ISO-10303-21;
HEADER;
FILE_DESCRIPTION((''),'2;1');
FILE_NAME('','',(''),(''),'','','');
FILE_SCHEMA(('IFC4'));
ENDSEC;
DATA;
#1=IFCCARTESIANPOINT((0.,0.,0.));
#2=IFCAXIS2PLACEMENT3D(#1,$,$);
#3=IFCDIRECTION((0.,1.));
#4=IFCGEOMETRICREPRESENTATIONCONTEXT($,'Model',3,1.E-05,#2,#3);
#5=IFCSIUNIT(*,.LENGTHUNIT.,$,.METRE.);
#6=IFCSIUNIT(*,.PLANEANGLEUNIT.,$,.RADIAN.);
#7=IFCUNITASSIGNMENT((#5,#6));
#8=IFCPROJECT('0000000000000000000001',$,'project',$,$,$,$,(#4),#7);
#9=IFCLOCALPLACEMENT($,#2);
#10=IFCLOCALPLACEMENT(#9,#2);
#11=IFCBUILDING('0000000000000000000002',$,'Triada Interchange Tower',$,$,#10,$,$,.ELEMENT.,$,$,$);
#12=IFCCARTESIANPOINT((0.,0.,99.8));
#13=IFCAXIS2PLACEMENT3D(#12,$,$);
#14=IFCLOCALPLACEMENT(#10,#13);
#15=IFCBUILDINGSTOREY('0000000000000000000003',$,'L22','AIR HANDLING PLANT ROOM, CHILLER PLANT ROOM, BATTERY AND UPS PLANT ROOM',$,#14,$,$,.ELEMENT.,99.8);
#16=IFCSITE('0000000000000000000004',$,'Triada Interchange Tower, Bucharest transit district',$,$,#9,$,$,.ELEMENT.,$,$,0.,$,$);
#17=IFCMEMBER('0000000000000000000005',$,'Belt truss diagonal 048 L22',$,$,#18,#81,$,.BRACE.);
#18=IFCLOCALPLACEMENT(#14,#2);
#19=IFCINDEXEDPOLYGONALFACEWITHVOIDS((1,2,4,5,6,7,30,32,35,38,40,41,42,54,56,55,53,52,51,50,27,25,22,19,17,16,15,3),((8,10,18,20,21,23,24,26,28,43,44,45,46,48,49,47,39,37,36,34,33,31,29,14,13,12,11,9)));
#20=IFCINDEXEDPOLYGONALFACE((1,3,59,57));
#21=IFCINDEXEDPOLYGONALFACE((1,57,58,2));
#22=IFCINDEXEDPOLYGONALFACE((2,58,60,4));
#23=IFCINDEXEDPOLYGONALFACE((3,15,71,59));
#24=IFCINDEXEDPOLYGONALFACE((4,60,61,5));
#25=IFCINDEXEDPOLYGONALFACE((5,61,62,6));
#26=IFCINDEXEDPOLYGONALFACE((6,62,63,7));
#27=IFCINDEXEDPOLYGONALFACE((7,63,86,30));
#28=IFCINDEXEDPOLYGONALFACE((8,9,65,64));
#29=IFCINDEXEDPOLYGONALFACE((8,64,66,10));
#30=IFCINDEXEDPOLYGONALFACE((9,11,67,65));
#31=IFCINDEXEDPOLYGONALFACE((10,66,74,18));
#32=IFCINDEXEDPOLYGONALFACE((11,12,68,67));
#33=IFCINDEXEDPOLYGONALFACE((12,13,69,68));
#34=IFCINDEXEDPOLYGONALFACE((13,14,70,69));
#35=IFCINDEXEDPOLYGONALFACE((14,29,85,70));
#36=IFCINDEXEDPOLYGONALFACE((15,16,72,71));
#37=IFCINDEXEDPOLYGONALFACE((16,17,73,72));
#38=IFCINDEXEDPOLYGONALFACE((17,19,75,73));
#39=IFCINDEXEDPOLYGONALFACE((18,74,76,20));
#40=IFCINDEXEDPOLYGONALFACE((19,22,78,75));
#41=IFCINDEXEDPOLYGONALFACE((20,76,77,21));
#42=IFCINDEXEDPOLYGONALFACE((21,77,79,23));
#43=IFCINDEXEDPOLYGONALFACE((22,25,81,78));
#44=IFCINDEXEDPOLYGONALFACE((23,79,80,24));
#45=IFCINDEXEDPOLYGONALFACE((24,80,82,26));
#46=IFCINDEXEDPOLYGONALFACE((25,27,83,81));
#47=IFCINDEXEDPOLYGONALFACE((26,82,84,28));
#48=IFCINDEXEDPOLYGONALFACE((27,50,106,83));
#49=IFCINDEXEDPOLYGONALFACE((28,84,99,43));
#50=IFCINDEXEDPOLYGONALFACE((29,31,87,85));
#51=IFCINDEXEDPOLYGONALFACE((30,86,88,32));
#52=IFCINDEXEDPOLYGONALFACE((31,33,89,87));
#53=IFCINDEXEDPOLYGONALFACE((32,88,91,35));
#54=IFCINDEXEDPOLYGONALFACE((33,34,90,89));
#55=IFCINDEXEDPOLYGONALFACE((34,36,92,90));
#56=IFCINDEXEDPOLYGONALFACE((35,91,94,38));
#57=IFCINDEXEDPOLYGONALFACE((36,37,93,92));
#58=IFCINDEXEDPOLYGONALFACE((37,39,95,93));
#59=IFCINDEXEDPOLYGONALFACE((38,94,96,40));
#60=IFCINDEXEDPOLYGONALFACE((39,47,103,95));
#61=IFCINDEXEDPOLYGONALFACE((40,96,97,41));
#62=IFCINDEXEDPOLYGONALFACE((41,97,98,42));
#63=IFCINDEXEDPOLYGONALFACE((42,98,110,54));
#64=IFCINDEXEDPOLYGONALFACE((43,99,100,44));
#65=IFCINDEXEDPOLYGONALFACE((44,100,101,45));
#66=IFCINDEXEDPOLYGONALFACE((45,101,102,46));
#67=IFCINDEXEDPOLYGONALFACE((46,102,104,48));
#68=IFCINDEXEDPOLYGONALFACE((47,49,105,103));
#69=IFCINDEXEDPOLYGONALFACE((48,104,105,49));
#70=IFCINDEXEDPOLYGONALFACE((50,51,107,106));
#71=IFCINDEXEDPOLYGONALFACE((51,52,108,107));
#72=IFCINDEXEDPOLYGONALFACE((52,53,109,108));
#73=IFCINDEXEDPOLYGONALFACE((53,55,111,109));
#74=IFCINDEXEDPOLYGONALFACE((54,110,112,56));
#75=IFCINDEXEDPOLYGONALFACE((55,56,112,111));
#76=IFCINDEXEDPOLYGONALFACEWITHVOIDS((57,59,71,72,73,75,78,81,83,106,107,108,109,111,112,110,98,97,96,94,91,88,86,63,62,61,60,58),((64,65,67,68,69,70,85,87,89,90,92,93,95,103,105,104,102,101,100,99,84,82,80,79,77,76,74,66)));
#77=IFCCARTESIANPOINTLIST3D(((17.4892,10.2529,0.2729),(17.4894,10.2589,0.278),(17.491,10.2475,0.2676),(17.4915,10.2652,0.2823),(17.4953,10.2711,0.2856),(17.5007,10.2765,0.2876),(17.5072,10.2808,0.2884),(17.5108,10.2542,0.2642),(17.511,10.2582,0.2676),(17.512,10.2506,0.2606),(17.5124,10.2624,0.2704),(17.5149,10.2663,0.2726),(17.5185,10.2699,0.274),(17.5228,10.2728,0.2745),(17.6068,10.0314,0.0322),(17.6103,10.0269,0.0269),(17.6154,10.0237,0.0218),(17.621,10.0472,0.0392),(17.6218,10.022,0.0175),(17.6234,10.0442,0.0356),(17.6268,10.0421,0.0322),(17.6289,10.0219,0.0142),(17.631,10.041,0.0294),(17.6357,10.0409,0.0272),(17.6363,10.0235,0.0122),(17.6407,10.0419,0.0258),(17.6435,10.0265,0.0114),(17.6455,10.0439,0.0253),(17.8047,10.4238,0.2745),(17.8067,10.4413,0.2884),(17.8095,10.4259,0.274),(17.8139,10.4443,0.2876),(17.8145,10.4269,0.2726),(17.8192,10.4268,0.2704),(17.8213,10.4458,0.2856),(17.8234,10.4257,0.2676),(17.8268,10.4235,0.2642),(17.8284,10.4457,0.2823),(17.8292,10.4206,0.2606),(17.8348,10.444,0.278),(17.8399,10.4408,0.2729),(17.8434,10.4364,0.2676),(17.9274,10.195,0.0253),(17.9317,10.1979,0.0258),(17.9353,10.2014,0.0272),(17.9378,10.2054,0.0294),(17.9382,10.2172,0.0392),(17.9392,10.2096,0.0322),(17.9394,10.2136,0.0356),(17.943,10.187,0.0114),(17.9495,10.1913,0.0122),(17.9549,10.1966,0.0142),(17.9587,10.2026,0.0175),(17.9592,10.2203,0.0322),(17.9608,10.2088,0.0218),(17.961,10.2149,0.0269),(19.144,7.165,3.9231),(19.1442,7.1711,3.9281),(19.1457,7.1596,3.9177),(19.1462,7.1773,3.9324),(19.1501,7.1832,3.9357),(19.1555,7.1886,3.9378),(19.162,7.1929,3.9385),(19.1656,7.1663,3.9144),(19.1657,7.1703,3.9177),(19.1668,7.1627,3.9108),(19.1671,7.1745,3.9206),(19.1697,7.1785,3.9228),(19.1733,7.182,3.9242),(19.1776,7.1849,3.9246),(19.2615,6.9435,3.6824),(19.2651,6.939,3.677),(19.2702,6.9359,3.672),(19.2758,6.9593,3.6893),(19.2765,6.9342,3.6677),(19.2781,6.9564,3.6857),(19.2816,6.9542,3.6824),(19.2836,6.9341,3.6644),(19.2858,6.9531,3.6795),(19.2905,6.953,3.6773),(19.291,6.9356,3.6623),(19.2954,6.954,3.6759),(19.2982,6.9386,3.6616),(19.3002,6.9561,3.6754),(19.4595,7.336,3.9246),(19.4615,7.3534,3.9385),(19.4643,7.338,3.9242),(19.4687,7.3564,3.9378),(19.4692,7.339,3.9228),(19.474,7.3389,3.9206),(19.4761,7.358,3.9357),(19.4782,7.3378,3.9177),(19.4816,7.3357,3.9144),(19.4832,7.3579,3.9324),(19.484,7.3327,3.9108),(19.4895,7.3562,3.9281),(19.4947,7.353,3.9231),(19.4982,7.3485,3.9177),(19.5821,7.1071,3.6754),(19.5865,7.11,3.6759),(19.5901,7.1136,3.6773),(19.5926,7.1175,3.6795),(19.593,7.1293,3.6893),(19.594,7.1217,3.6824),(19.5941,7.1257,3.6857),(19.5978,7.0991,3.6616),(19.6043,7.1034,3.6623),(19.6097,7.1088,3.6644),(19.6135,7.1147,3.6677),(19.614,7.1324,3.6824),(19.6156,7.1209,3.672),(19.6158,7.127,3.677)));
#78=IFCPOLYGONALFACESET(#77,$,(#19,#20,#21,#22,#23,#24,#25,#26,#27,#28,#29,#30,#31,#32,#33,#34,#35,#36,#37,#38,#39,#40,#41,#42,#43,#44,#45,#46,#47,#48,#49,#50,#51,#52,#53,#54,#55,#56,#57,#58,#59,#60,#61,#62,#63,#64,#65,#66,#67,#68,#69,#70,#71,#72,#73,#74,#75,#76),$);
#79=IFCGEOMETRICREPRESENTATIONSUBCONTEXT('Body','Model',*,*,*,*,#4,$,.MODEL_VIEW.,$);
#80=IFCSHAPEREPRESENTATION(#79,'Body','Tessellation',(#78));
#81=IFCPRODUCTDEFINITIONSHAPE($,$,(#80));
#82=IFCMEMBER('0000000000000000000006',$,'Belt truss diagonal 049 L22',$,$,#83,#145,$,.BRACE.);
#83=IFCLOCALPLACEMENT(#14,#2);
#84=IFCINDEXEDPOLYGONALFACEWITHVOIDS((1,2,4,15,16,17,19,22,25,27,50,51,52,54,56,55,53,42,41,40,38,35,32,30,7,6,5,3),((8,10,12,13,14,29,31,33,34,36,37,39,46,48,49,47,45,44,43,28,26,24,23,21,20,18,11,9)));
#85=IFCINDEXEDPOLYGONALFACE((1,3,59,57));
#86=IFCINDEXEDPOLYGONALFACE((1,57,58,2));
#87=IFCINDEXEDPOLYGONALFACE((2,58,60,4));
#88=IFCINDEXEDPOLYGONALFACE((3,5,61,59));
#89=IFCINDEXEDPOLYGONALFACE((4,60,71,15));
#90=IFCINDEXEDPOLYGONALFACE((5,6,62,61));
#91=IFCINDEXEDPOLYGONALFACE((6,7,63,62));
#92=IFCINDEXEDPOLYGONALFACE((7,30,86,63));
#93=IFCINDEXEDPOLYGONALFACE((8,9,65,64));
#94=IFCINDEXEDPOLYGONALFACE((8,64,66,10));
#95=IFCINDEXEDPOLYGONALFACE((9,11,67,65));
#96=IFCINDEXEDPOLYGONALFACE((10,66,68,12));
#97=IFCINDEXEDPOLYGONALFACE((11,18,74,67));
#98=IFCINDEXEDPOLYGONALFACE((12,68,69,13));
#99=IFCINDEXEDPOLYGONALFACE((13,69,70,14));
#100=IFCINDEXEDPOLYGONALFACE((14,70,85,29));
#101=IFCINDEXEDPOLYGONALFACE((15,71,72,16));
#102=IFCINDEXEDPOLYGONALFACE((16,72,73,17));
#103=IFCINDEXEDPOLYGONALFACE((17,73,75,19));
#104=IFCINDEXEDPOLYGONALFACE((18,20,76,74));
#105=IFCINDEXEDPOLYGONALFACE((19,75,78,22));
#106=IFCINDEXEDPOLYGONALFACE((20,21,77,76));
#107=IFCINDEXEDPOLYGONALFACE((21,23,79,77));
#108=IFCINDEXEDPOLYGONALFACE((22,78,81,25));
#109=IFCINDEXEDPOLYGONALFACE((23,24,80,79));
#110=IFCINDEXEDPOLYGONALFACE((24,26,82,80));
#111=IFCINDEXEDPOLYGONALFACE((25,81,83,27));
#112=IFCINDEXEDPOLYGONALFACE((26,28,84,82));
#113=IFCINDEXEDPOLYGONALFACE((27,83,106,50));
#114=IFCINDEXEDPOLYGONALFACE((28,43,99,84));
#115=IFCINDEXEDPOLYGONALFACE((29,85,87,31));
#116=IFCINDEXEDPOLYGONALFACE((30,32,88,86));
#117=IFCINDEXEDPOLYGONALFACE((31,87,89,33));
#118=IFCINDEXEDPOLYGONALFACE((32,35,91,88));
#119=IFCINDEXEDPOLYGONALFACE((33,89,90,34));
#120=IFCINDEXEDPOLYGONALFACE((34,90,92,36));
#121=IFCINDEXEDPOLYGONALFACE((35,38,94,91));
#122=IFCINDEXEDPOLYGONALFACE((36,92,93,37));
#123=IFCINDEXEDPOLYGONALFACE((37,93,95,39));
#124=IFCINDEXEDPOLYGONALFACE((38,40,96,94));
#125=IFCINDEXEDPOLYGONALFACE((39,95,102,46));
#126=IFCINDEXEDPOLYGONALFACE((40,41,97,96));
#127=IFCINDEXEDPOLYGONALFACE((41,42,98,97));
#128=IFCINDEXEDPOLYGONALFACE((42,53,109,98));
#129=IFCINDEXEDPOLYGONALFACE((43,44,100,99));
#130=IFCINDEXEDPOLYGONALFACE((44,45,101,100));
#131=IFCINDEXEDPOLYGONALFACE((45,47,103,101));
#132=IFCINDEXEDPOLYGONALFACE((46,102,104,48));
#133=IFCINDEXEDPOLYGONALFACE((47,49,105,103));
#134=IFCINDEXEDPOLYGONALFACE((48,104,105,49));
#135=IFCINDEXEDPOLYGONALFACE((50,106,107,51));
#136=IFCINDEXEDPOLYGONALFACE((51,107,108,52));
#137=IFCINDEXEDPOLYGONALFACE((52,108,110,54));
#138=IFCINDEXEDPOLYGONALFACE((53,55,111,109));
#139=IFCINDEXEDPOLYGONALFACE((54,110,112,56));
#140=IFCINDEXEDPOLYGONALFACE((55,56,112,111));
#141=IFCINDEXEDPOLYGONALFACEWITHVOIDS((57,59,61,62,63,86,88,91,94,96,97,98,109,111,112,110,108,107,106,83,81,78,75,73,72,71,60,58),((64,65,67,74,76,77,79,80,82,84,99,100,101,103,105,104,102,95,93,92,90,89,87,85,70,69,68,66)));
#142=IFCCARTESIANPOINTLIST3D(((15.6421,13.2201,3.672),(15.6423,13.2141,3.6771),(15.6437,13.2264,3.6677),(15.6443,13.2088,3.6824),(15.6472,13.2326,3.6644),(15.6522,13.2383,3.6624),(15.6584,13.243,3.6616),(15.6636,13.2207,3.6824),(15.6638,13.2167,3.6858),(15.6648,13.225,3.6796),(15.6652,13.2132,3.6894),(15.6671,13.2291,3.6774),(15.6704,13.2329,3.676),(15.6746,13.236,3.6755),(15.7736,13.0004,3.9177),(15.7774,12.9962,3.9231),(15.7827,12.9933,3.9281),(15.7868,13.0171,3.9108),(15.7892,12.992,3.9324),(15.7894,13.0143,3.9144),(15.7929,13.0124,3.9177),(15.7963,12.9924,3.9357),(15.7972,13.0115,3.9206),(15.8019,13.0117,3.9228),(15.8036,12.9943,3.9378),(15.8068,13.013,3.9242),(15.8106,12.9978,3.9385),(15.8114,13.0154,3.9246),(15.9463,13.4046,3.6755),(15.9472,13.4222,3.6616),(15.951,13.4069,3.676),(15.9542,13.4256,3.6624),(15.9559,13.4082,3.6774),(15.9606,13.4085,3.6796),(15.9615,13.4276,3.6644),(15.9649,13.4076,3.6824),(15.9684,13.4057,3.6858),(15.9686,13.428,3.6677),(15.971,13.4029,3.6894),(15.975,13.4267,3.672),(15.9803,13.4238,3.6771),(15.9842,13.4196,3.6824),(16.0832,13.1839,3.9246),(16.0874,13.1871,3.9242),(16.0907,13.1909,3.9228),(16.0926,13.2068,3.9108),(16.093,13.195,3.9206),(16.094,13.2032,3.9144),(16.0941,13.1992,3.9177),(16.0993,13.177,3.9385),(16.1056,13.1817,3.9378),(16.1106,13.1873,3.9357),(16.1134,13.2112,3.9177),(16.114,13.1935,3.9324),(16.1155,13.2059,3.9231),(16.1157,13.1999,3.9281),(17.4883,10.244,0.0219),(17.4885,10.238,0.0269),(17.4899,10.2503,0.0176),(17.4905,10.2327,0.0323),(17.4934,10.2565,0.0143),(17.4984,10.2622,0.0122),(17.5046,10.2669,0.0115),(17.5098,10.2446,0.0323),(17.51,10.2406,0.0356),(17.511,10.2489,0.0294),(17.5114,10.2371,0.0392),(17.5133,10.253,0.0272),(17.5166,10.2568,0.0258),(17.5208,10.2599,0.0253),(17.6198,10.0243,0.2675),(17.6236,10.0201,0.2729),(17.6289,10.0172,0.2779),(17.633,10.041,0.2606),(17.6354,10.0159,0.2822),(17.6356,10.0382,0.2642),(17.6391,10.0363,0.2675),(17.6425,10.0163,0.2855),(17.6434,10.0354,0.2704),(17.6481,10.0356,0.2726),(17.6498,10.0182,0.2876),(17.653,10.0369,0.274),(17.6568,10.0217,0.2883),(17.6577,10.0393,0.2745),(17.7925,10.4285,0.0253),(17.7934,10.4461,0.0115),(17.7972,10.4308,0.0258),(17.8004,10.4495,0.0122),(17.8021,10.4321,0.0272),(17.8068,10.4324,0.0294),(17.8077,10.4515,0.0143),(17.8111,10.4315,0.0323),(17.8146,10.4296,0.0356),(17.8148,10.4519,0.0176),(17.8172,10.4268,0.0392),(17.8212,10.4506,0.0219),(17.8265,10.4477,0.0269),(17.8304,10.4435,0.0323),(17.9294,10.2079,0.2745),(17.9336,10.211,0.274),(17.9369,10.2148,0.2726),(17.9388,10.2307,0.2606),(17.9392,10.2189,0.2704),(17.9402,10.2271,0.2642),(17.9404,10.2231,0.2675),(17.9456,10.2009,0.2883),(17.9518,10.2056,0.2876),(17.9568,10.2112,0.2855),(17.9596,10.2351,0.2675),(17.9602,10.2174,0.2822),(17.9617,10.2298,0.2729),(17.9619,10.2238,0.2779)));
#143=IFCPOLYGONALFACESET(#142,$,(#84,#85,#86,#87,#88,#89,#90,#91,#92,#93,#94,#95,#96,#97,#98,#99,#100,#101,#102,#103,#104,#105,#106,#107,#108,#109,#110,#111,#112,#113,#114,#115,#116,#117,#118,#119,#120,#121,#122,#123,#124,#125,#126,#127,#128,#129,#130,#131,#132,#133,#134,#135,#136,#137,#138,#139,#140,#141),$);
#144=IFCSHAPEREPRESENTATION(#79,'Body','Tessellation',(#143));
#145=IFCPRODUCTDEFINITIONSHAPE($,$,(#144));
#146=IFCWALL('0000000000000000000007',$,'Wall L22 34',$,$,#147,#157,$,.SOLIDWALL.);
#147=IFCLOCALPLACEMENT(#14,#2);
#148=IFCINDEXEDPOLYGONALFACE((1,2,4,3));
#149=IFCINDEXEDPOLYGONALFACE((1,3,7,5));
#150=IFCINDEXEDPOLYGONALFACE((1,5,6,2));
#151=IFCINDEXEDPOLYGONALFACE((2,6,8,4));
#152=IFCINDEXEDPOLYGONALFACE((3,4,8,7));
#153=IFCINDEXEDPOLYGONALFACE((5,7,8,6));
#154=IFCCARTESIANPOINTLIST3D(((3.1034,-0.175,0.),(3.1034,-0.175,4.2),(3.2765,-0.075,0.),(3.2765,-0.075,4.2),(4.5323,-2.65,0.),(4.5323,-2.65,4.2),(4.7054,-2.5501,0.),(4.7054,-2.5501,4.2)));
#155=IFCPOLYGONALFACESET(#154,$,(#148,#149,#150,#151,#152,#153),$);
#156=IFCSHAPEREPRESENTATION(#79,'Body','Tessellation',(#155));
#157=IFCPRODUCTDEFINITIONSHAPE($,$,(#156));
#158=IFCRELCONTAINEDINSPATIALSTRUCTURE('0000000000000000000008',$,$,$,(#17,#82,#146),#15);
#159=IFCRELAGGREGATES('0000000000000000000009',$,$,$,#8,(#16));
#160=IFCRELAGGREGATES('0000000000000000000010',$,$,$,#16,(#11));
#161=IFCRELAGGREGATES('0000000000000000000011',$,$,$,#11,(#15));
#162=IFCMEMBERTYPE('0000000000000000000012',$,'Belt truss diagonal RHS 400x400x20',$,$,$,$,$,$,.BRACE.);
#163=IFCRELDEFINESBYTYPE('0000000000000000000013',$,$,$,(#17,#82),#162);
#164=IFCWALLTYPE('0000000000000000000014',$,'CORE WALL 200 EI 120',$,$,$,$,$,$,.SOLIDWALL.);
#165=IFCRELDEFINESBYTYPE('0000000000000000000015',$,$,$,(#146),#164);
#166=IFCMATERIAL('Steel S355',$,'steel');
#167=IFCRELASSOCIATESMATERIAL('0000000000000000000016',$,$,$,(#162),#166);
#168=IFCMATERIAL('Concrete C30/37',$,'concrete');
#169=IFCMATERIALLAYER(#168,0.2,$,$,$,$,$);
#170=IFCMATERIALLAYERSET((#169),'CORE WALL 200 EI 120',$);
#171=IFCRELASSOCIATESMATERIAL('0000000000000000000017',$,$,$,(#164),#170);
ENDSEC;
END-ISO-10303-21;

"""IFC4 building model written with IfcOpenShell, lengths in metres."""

from ifc_helpers import new_model, si_unit, direction, frame, frame_2d, origin, origin_2d, place, context, subcontext, project, spatial, rectangle, hollow_rectangle, extrude, material, layer, layer_set, material_profile, profile_set, type_object, element, save


model = new_model("IFC4")

# Units and contexts
model_context = context("Model", 3, precision=1e-05, world=origin(), true_north=direction((0.0, 1.0)))
body_context = subcontext(model_context, "Body", "Model", "MODEL_VIEW")
ifc_project = project(units=[si_unit("LENGTHUNIT", "METRE"), si_unit("PLANEANGLEUNIT", "RADIAN")], contexts=[model_context])

# Site, building, storey
site_placement = place(None, origin())
site = spatial("IfcSite", under=ifc_project, at=site_placement, Name="Triada Interchange Tower, Bucharest transit district", CompositionType="ELEMENT", RefElevation=0.0)
building_placement = place(site_placement, origin())
building = spatial("IfcBuilding", under=site, at=building_placement, Name="Triada Interchange Tower", CompositionType="ELEMENT")
storey_placement = place(building_placement, frame((0.0, 0.0, 99.8)))
storey = spatial("IfcBuildingStorey", under=building, at=storey_placement, Name="L22", Description="AIR HANDLING PLANT ROOM, CHILLER PLANT ROOM, BATTERY AND UPS PLANT ROOM", CompositionType="ELEMENT", Elevation=99.8)

# Members
ifc_material_1 = material(Name="Steel S355", Category="steel")
ifc_material_profile_1 = material_profile(ifc_material_1, hollow_rectangle(XDim=0.3999, YDim=0.3999, WallThickness=0.02, InnerFilletRadius=0.02, OuterFilletRadius=0.03, at=origin_2d()), Name="RHS 400x400x20")
ifc_profile_set_1 = profile_set([ifc_material_profile_1], Name="Steel S355")
member_type = type_object("IfcMemberType", Name="Belt truss diagonal RHS 400x400x20", PredefinedType="BRACE", material=ifc_profile_set_1)
member_1_placement = place(storey_placement, frame((17.7251, 10.2339, 0.1499), z_axis=(0.327075, -0.610334, 0.721466), x_axis=(0.881414, 0.472345, 0.0)))
element("IfcMember", 1, at=member_1_placement, inside=storey, type_object=member_type, Name="Belt truss diagonal 048 L22", PredefinedType="BRACE", context=body_context, shape_type="SweptSolid", body=[
    extrude(hollow_rectangle(XDim=0.3999, YDim=0.3999, WallThickness=0.02, InnerFilletRadius=0.02, OuterFilletRadius=0.03, at=origin_2d()), origin(), (0.0, 0.0, 1.0), 5.0593),
])
member_2_placement = place(storey_placement, frame((17.7251, 10.2339, 0.1499), z_axis=(-0.364964, 0.588325, 0.721578), x_axis=(-0.849772, -0.527151, 0.0)))
element("IfcMember", 2, at=member_2_placement, inside=storey, type_object=member_type, Name="Belt truss diagonal 049 L22", PredefinedType="BRACE", context=body_context, shape_type="SweptSolid", body=[
    extrude(hollow_rectangle(XDim=0.3999, YDim=0.3999, WallThickness=0.02, InnerFilletRadius=0.02, OuterFilletRadius=0.03, at=origin_2d()), origin(), (0.0, 0.0, 1.0), 5.0586),
])

# Wall
ifc_material_2 = material(Name="Concrete C30/37", Category="concrete")
ifc_layer_1 = layer(ifc_material_2, 0.2)
ifc_layer_set_1 = layer_set([ifc_layer_1], Name="CORE WALL 200 EI 120")
wall_type_1 = type_object("IfcWallType", Name="CORE WALL 200 EI 120", PredefinedType="SOLIDWALL", material=ifc_layer_set_1)
wall_1_placement = place(storey_placement, frame((3.1899, -0.125, 0.0), z_axis=(0.0, 0.0, 1.0), x_axis=(0.499989, -0.866032, 0.0)))
element("IfcWall", 3, at=wall_1_placement, inside=storey, type_object=wall_type_1, Name="Wall L22 34", PredefinedType="SOLIDWALL", context=body_context, shape_type="SweptSolid", body=[
    extrude(rectangle(XDim=2.8579, YDim=0.2, at=frame_2d((1.429, 0.0))), origin(), (0.0, 0.0, 1.0), 4.2),
])

save(model, "model.ifc")
